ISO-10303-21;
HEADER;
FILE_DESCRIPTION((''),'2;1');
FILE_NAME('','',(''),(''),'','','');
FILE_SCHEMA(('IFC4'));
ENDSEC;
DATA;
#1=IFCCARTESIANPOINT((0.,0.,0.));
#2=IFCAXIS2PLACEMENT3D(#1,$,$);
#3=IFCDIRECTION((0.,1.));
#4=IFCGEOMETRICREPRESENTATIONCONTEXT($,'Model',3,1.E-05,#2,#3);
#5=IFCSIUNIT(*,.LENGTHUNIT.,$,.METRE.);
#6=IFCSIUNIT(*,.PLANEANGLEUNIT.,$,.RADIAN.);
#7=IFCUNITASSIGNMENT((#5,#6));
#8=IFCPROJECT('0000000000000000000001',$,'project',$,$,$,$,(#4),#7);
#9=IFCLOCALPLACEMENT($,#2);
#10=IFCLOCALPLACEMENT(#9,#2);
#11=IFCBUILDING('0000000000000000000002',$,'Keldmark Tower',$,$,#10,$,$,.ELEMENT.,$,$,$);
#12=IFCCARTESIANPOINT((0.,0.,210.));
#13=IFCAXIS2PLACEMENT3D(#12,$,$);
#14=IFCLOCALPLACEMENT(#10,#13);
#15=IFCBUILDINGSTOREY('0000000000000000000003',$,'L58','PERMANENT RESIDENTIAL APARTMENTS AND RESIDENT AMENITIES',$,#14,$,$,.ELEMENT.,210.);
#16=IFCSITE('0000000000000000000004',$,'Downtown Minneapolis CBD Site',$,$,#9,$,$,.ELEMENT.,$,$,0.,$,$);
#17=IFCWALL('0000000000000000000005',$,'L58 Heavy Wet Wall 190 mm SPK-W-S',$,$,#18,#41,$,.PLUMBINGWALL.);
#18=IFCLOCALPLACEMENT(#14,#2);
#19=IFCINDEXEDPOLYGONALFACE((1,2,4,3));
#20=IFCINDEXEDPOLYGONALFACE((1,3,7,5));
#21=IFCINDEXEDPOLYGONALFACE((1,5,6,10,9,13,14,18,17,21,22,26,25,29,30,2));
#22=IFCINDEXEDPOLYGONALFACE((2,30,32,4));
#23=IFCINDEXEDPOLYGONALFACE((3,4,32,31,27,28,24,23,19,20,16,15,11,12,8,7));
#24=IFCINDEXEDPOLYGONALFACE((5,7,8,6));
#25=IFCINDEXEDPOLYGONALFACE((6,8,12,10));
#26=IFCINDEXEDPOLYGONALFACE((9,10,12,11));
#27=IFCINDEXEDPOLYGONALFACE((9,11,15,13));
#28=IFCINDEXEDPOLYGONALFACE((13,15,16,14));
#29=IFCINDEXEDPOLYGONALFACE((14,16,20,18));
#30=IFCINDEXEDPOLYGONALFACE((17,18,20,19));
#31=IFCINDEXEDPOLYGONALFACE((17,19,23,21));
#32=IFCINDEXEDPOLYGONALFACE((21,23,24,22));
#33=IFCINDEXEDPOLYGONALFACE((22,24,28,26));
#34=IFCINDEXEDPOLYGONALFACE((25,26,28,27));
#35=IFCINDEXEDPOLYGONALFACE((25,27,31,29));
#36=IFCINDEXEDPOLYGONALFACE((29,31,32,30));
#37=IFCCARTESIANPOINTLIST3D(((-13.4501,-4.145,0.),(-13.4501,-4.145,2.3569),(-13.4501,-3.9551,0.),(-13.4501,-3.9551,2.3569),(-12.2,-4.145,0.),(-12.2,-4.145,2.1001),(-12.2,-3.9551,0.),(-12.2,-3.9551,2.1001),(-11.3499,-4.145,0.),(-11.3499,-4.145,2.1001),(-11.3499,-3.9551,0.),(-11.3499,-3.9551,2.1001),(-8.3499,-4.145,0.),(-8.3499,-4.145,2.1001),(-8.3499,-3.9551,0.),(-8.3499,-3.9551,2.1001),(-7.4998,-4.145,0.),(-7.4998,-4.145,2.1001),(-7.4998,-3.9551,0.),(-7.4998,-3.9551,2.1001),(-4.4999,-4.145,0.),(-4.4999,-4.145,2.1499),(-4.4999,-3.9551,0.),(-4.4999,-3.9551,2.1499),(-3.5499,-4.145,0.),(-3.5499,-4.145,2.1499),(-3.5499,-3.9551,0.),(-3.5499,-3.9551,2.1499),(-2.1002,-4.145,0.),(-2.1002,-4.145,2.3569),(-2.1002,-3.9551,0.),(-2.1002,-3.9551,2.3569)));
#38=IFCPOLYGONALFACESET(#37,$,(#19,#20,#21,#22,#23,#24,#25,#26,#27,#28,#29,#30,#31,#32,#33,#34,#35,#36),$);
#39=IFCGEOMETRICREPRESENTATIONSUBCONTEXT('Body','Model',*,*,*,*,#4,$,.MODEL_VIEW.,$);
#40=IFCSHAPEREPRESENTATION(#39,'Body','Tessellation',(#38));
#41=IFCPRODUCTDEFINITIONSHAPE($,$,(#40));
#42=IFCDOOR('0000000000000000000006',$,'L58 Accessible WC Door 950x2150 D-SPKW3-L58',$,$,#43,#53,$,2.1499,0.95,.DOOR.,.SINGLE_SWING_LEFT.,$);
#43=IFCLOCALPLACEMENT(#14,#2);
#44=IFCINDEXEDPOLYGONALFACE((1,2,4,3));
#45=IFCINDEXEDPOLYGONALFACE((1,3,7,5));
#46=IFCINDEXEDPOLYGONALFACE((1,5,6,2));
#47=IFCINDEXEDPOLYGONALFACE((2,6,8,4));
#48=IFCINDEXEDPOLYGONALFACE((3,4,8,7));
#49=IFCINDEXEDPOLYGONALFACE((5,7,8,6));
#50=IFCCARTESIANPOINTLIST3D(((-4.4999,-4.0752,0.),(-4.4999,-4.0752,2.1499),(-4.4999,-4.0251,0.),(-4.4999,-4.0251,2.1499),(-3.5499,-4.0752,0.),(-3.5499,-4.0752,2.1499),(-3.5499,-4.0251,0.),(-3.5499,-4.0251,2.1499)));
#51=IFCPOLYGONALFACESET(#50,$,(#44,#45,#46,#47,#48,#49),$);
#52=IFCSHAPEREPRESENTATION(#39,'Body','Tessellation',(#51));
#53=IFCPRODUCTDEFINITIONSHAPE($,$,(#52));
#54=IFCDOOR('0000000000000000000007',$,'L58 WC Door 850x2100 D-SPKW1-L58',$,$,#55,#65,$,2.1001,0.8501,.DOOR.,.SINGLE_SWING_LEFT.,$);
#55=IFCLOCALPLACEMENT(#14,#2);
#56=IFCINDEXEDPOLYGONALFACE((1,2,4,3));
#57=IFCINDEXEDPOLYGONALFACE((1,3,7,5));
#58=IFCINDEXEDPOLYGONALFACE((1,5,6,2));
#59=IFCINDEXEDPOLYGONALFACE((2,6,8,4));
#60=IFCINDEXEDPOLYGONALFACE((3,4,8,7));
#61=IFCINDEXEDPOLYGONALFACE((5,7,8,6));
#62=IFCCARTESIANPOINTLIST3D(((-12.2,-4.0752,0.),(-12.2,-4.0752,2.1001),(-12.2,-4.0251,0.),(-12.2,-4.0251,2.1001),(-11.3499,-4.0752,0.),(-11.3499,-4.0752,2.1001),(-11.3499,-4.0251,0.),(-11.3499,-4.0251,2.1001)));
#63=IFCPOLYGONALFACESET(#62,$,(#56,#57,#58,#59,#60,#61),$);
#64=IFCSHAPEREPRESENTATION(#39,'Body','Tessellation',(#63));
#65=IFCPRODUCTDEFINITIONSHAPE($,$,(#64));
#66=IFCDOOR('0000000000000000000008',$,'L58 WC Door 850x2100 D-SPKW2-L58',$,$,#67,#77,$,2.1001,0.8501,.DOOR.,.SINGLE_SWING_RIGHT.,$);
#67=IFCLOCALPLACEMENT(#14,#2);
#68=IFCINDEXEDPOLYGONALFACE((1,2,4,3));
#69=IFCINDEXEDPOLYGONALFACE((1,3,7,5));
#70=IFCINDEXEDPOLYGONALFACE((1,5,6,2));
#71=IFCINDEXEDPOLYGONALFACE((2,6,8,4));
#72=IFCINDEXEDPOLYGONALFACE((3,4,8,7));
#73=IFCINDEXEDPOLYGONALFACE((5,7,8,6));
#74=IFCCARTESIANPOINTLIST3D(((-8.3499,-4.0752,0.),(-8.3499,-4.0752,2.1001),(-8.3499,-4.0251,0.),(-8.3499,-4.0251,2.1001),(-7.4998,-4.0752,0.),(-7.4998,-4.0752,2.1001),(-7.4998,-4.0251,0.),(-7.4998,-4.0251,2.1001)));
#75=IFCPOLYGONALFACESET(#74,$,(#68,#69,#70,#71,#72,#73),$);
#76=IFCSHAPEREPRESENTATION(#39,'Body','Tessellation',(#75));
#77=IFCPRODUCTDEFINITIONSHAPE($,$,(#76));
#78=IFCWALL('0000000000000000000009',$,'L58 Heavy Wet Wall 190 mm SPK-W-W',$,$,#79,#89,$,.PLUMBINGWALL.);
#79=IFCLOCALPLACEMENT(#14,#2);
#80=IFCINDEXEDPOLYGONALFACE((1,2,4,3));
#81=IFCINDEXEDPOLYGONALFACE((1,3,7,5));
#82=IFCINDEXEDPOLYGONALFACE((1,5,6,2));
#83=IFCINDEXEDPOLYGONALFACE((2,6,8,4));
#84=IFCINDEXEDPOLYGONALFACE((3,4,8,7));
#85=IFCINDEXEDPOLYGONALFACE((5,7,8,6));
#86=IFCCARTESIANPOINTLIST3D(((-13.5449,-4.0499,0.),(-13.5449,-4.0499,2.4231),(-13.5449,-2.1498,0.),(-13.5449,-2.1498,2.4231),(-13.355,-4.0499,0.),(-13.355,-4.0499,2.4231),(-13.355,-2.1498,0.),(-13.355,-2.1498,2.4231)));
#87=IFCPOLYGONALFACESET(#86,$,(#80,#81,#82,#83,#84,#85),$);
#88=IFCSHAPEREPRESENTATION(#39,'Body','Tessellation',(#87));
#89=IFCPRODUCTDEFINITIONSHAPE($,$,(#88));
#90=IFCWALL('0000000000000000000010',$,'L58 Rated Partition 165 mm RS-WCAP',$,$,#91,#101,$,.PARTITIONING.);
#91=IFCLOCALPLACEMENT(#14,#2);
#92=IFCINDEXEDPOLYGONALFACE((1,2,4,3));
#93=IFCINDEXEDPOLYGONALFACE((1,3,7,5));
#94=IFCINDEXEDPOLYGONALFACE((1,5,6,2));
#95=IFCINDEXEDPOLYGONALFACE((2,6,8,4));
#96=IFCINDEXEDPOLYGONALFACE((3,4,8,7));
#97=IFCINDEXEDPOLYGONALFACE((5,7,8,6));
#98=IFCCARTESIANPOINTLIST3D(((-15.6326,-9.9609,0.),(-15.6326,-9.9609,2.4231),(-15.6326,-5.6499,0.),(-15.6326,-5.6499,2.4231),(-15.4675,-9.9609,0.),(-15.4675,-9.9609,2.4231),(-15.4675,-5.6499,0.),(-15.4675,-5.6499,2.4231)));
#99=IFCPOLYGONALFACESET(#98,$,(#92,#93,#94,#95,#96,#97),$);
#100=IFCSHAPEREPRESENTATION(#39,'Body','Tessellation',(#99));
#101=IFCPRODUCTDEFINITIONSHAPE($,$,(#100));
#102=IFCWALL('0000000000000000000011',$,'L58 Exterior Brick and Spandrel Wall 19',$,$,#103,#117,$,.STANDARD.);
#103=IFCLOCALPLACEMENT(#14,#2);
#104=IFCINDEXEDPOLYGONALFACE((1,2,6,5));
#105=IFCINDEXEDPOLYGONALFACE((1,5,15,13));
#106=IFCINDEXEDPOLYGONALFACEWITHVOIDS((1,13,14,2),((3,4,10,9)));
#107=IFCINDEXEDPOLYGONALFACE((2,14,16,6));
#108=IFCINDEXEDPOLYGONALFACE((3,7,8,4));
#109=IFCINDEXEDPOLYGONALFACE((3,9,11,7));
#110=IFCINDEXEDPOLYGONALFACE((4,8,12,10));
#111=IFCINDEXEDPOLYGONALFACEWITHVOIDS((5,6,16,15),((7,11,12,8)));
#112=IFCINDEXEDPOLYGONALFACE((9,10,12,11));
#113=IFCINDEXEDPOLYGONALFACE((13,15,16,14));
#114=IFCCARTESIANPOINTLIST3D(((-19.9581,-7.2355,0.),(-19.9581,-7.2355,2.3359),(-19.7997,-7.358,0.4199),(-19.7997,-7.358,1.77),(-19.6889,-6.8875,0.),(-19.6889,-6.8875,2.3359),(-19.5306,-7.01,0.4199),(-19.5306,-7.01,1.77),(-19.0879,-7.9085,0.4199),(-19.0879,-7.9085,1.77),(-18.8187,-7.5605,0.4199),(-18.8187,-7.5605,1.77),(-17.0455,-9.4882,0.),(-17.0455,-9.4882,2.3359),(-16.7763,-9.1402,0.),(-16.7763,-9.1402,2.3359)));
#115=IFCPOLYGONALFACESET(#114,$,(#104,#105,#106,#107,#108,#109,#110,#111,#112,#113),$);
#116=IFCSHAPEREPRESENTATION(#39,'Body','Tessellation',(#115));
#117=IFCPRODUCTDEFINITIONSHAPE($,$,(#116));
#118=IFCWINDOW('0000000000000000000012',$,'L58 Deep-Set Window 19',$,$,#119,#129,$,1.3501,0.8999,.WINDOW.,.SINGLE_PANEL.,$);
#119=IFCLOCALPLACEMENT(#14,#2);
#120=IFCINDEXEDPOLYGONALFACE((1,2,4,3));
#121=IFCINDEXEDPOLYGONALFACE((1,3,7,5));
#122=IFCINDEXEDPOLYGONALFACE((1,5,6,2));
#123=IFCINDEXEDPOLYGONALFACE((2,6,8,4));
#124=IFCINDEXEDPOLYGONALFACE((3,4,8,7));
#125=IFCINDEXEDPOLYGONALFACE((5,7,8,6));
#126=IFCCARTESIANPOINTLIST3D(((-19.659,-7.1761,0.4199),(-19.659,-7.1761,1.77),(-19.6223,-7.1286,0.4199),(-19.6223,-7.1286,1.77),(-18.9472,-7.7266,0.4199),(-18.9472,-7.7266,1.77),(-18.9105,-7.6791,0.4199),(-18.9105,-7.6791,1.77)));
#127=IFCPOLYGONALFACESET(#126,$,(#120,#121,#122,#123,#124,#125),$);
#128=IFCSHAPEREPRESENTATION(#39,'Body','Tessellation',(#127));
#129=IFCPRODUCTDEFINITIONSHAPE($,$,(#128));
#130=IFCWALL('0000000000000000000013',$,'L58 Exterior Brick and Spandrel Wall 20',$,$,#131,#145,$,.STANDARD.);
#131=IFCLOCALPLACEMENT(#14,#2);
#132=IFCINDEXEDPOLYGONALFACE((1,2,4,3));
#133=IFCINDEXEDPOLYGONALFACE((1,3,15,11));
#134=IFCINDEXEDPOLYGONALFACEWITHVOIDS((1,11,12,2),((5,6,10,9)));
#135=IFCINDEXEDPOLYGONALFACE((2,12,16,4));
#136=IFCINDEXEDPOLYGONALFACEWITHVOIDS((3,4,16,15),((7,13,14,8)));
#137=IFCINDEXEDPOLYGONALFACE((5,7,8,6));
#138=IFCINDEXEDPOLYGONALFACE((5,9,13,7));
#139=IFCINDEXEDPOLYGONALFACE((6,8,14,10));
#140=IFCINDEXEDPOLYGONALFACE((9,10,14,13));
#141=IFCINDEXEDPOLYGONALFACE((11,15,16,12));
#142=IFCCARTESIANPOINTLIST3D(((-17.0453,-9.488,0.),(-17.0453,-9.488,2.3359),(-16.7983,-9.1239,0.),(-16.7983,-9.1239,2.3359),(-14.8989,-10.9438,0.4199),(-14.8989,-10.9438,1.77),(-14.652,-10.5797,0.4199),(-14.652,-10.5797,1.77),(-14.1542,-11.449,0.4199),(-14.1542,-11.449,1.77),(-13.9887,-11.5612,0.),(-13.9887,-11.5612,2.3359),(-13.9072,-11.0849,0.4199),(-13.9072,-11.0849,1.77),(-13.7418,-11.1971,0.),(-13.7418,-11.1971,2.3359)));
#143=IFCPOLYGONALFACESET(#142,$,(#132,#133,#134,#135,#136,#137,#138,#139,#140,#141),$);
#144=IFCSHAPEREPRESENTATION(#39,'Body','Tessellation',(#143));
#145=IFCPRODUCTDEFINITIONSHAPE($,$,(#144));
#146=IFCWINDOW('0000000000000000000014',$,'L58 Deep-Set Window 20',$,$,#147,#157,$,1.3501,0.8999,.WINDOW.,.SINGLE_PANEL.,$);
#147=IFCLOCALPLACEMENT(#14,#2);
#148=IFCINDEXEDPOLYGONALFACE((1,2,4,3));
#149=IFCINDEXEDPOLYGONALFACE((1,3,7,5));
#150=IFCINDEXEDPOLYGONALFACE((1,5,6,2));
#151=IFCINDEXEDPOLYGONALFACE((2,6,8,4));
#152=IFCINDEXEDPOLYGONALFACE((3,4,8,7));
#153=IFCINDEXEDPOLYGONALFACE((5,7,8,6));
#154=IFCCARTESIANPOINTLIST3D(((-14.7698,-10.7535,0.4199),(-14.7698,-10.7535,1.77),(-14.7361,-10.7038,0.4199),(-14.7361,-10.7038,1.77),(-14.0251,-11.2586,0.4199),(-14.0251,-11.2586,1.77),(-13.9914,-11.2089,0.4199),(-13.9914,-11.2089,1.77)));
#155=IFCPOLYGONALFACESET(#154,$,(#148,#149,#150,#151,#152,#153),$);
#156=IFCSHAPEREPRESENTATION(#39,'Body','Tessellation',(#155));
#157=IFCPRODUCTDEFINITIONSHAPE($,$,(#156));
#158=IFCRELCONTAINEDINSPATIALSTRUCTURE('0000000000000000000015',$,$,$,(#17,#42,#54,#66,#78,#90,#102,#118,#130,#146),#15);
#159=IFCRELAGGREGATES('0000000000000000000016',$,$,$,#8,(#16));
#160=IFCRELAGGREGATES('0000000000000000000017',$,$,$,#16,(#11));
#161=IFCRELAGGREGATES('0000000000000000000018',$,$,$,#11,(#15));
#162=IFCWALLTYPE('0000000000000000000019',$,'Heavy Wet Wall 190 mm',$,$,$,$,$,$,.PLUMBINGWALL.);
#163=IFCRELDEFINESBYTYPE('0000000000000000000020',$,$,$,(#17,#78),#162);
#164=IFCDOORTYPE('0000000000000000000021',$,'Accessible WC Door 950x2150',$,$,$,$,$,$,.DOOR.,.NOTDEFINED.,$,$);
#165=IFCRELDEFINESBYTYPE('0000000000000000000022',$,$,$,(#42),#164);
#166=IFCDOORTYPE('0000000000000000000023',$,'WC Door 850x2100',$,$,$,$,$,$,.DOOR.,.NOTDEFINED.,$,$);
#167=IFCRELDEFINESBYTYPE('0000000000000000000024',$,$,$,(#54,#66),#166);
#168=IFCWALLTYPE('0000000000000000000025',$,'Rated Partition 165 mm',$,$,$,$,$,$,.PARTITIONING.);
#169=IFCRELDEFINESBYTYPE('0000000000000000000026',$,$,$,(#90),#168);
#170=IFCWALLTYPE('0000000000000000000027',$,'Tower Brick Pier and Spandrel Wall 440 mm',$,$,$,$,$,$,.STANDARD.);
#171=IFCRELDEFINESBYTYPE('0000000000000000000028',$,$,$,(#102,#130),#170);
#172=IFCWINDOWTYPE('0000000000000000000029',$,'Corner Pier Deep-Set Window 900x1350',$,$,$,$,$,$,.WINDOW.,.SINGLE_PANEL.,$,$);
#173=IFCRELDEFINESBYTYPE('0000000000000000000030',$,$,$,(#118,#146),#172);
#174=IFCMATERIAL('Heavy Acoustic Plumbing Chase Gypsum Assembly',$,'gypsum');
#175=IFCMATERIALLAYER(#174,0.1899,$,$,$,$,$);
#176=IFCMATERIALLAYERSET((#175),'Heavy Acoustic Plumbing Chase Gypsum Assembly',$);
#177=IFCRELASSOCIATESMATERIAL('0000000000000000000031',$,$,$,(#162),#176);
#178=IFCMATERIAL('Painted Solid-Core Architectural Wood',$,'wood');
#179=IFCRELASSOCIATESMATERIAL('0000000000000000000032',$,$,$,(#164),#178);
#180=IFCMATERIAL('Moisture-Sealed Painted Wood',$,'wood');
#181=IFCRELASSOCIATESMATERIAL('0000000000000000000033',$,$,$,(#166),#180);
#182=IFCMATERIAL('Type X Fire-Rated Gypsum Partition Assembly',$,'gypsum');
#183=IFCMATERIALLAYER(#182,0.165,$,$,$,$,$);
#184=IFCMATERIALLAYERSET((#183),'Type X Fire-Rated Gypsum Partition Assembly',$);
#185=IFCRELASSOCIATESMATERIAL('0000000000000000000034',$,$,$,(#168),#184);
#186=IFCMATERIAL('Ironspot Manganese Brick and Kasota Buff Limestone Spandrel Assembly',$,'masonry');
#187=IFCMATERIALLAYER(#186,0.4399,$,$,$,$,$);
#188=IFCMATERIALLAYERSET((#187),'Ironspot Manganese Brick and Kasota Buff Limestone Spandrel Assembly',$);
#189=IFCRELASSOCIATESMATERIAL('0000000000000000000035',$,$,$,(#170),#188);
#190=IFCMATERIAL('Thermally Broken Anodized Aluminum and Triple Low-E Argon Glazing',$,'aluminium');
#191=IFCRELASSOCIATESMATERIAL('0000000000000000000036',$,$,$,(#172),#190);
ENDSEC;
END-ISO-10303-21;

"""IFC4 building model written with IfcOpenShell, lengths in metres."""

from ifc_helpers import new_model, si_unit, direction, frame, frame_2d, origin, place, context, subcontext, project, spatial, rectangle, extrude, material, layer, layer_set, type_object, element, fill, save


model = new_model("IFC4")

# Units and contexts
model_context = context("Model", 3, precision=1e-05, world=origin(), true_north=direction((0.0, 1.0)))
body_context = subcontext(model_context, "Body", "Model", "MODEL_VIEW")
ifc_project = project(units=[si_unit("LENGTHUNIT", "METRE"), si_unit("PLANEANGLEUNIT", "RADIAN")], contexts=[model_context])

# Site, building, storey
site_placement = place(None, origin())
site = spatial("IfcSite", under=ifc_project, at=site_placement, Name="Downtown Minneapolis CBD Site", CompositionType="ELEMENT", RefElevation=0.0)
building_placement = place(site_placement, origin())
building = spatial("IfcBuilding", under=site, at=building_placement, Name="Keldmark Tower", CompositionType="ELEMENT")
storey_placement = place(building_placement, frame((0.0, 0.0, 210.0)))
storey = spatial("IfcBuildingStorey", under=building, at=storey_placement, Name="L58", Description="PERMANENT RESIDENTIAL APARTMENTS AND RESIDENT AMENITIES", CompositionType="ELEMENT", Elevation=210.0)

# Wall, openings, doors
ifc_material_1 = material(Name="Heavy Acoustic Plumbing Chase Gypsum Assembly", Category="gypsum")
ifc_layer_1 = layer(ifc_material_1, 0.1899)
ifc_layer_set_1 = layer_set([ifc_layer_1], Name="Heavy Acoustic Plumbing Chase Gypsum Assembly")
wall_type_1 = type_object("IfcWallType", Name="Heavy Wet Wall 190 mm", PredefinedType="PLUMBINGWALL", material=ifc_layer_set_1)
wall_1_placement = place(storey_placement, frame((-13.45, -4.05, 0.0), z_axis=(0.0, 0.0, 1.0), x_axis=(1.0, 0.0, 0.0)))
wall_1 = element("IfcWall", 1, at=wall_1_placement, inside=storey, type_object=wall_type_1, Name="L58 Heavy Wet Wall 190 mm SPK-W-S", PredefinedType="PLUMBINGWALL", context=body_context, shape_type="SweptSolid", body=[
    extrude(rectangle(XDim=11.3499, YDim=0.1899, at=frame_2d((5.6748, 0.0))), origin(), (0.0, 0.0, 1.0), 2.3569),
])
opening_1_placement = place(wall_1_placement, frame((1.25, 0.0, 0.0)))
opening_1 = element("IfcOpeningElement", 2, at=opening_1_placement, cuts=wall_1, PredefinedType="OPENING", context=body_context, shape_type="SweptSolid", body=[
    extrude(rectangle(XDim=0.8501, YDim=2.1001, at=frame_2d((0.425, 1.05))), frame((0.0, 0.105, 0.0), z_axis=(0.0, -1.0, 0.0), x_axis=(1.0, 0.0, 0.0)), (0.0, 0.0, 1.0), 0.21),
])
opening_2_placement = place(wall_1_placement, frame((5.1001, 0.0, 0.0)))
opening_2 = element("IfcOpeningElement", 3, at=opening_2_placement, cuts=wall_1, PredefinedType="OPENING", context=body_context, shape_type="SweptSolid", body=[
    extrude(rectangle(XDim=0.8501, YDim=2.1001, at=frame_2d((0.425, 1.05))), frame((0.0, 0.105, 0.0), z_axis=(0.0, -1.0, 0.0), x_axis=(1.0, 0.0, 0.0)), (0.0, 0.0, 1.0), 0.21),
])
opening_3_placement = place(wall_1_placement, frame((8.95, 0.0, 0.0)))
opening_3 = element("IfcOpeningElement", 4, at=opening_3_placement, cuts=wall_1, PredefinedType="OPENING", context=body_context, shape_type="SweptSolid", body=[
    extrude(rectangle(XDim=0.95, YDim=2.1499, at=frame_2d((0.4751, 1.075))), frame((0.0, 0.105, 0.0), z_axis=(0.0, -1.0, 0.0), x_axis=(1.0, 0.0, 0.0)), (0.0, 0.0, 1.0), 0.21),
])
ifc_material_2 = material(Name="Painted Solid-Core Architectural Wood", Category="wood")
door_type_1 = type_object("IfcDoorType", Name="Accessible WC Door 950x2150", OperationType="NOTDEFINED", PredefinedType="DOOR", material=ifc_material_2)
door_1_placement = place(opening_3_placement, origin())
door_1 = element("IfcDoor", 5, at=door_1_placement, inside=storey, type_object=door_type_1, Name="L58 Accessible WC Door 950x2150 D-SPKW3-L58", OperationType="SINGLE_SWING_LEFT", OverallHeight=2.1499, OverallWidth=0.95, PredefinedType="DOOR", context=body_context, shape_type="SweptSolid", body=[
    extrude(rectangle(XDim=0.95, YDim=2.1499, at=frame_2d((0.4751, 1.075))), frame((0.0, 0.0249, 0.0), z_axis=(0.0, -1.0, 0.0), x_axis=(1.0, 0.0, 0.0)), (0.0, 0.0, 1.0), 0.05),
])
fill(opening_3, door_1)
ifc_material_3 = material(Name="Moisture-Sealed Painted Wood", Category="wood")
door_type_2 = type_object("IfcDoorType", Name="WC Door 850x2100", OperationType="NOTDEFINED", PredefinedType="DOOR", material=ifc_material_3)
door_2_placement = place(opening_1_placement, origin())
door_2 = element("IfcDoor", 6, at=door_2_placement, inside=storey, type_object=door_type_2, Name="L58 WC Door 850x2100 D-SPKW1-L58", OperationType="SINGLE_SWING_LEFT", OverallHeight=2.1001, OverallWidth=0.8501, PredefinedType="DOOR", context=body_context, shape_type="SweptSolid", body=[
    extrude(rectangle(XDim=0.8501, YDim=2.1001, at=frame_2d((0.425, 1.05))), frame((0.0, 0.0249, 0.0), z_axis=(0.0, -1.0, 0.0), x_axis=(1.0, 0.0, 0.0)), (0.0, 0.0, 1.0), 0.05),
])
fill(opening_1, door_2)
door_3_placement = place(opening_2_placement, origin())
door_3 = element("IfcDoor", 7, at=door_3_placement, inside=storey, type_object=door_type_2, Name="L58 WC Door 850x2100 D-SPKW2-L58", OperationType="SINGLE_SWING_RIGHT", OverallHeight=2.1001, OverallWidth=0.8501, PredefinedType="DOOR", context=body_context, shape_type="SweptSolid", body=[
    extrude(rectangle(XDim=0.8501, YDim=2.1001, at=frame_2d((0.425, 1.05))), frame((0.0, 0.0249, 0.0), z_axis=(0.0, -1.0, 0.0), x_axis=(1.0, 0.0, 0.0)), (0.0, 0.0, 1.0), 0.05),
])
fill(opening_2, door_3)

# Wall
wall_2_placement = place(storey_placement, frame((-13.45, -4.05, 0.0), z_axis=(0.0, 0.0, 1.0), x_axis=(0.0, 1.0, 0.0)))
element("IfcWall", 8, at=wall_2_placement, inside=storey, type_object=wall_type_1, Name="L58 Heavy Wet Wall 190 mm SPK-W-W", PredefinedType="PLUMBINGWALL", context=body_context, shape_type="SweptSolid", body=[
    extrude(rectangle(XDim=1.9001, YDim=0.1899, at=frame_2d((0.9502, 0.0))), origin(), (0.0, 0.0, 1.0), 2.4231),
])

# Shared definitions
ifc_material_4 = material(Name="Type X Fire-Rated Gypsum Partition Assembly", Category="gypsum")
ifc_layer_2 = layer(ifc_material_4, 0.165)
ifc_layer_set_2 = layer_set([ifc_layer_2], Name="Type X Fire-Rated Gypsum Partition Assembly")
wall_type_2 = type_object("IfcWallType", Name="Rated Partition 165 mm", PredefinedType="PARTITIONING", material=ifc_layer_set_2)

# Wall
wall_3_placement = place(storey_placement, frame((-15.55, -9.9609, 0.0), z_axis=(0.0, 0.0, 1.0), x_axis=(0.0, 1.0, 0.0)))
element("IfcWall", 9, at=wall_3_placement, inside=storey, type_object=wall_type_2, Name="L58 Rated Partition 165 mm RS-WCAP", PredefinedType="PARTITIONING", context=body_context, shape_type="SweptSolid", body=[
    extrude(rectangle(XDim=4.311, YDim=0.165, at=frame_2d((2.1555, 0.0))), origin(), (0.0, 0.0, 1.0), 2.4231),
])

# Walls, openings, windows
ifc_material_5 = material(Name="Ironspot Manganese Brick and Kasota Buff Limestone Spandrel Assembly", Category="masonry")
ifc_layer_3 = layer(ifc_material_5, 0.4399)
ifc_layer_set_3 = layer_set([ifc_layer_3], Name="Ironspot Manganese Brick and Kasota Buff Limestone Spandrel Assembly")
wall_type_3 = type_object("IfcWallType", Name="Tower Brick Pier and Spandrel Wall 440 mm", PredefinedType="STANDARD", material=ifc_layer_set_3)
wall_4_placement = place(storey_placement, frame((-16.9109, -9.3142, 0.0), z_axis=(0.0, 0.0, 1.0), x_axis=(-0.791017, 0.611795, 0.0)))
wall_4 = element("IfcWall", 10, at=wall_4_placement, inside=storey, type_object=wall_type_3, Name="L58 Exterior Brick and Spandrel Wall 19", PredefinedType="STANDARD", context=body_context, shape_type="SweptSolid", body=[
    extrude(rectangle(XDim=3.6821, YDim=0.4399, at=frame_2d((1.8411, 0.0))), origin(), (0.0, 0.0, 1.0), 2.3359),
])
opening_4_placement = place(wall_4_placement, frame((2.582, 0.0, 0.4199)))
opening_4 = element("IfcOpeningElement", 11, at=opening_4_placement, cuts=wall_4, PredefinedType="OPENING", context=body_context, shape_type="SweptSolid", body=[
    extrude(rectangle(XDim=0.8999, YDim=1.3501, at=frame_2d((0.45, 0.675))), frame((0.0, 0.23, 0.0), z_axis=(0.0, -1.0, 0.0), x_axis=(1.0, 0.0, 0.0)), (0.0, 0.0, 1.0), 0.46),
])
ifc_material_6 = material(Name="Thermally Broken Anodized Aluminum and Triple Low-E Argon Glazing", Category="aluminium")
window_type = type_object("IfcWindowType", Name="Corner Pier Deep-Set Window 900x1350", PartitioningType="SINGLE_PANEL", PredefinedType="WINDOW", material=ifc_material_6)
window_1_placement = place(opening_4_placement, origin())
window_1 = element("IfcWindow", 12, at=window_1_placement, inside=storey, type_object=window_type, Name="L58 Deep-Set Window 19", OverallHeight=1.3501, OverallWidth=0.8999, PartitioningType="SINGLE_PANEL", PredefinedType="WINDOW", context=body_context, shape_type="SweptSolid", body=[
    extrude(rectangle(XDim=0.8999, YDim=1.3501, at=frame_2d((0.45, 0.675))), frame((0.0, -0.01, 0.0), z_axis=(0.0, -1.0, 0.0), x_axis=(1.0, 0.0, 0.0)), (0.0, 0.0, 1.0), 0.0601),
])
fill(opening_4, window_1)
wall_5_placement = place(storey_placement, frame((-13.8652, -11.3792, 0.0), z_axis=(0.0, 0.0, 1.0), x_axis=(-0.82759, 0.561333, 0.0)))
wall_5 = element("IfcWall", 13, at=wall_5_placement, inside=storey, type_object=wall_type_3, Name="L58 Exterior Brick and Spandrel Wall 20", PredefinedType="STANDARD", context=body_context, shape_type="SweptSolid", body=[
    extrude(rectangle(XDim=3.6934, YDim=0.4399, at=frame_2d((1.8467, 0.0))), origin(), (0.0, 0.0, 1.0), 2.3359),
])
opening_5_placement = place(wall_5_placement, frame((0.2, 0.0, 0.4199)))
opening_5 = element("IfcOpeningElement", 14, at=opening_5_placement, cuts=wall_5, PredefinedType="OPENING", context=body_context, shape_type="SweptSolid", body=[
    extrude(rectangle(XDim=0.8999, YDim=1.3501, at=frame_2d((0.45, 0.675))), frame((0.0, 0.23, 0.0), z_axis=(0.0, -1.0, 0.0), x_axis=(1.0, 0.0, 0.0)), (0.0, 0.0, 1.0), 0.46),
])
window_2_placement = place(opening_5_placement, origin())
window_2 = element("IfcWindow", 15, at=window_2_placement, inside=storey, type_object=window_type, Name="L58 Deep-Set Window 20", OverallHeight=1.3501, OverallWidth=0.8999, PartitioningType="SINGLE_PANEL", PredefinedType="WINDOW", context=body_context, shape_type="SweptSolid", body=[
    extrude(rectangle(XDim=0.8999, YDim=1.3501, at=frame_2d((0.45, 0.675))), frame((0.0, -0.01, 0.0), z_axis=(0.0, -1.0, 0.0), x_axis=(1.0, 0.0, 0.0)), (0.0, 0.0, 1.0), 0.0601),
])
fill(opening_5, window_2)

save(model, "model.ifc")
